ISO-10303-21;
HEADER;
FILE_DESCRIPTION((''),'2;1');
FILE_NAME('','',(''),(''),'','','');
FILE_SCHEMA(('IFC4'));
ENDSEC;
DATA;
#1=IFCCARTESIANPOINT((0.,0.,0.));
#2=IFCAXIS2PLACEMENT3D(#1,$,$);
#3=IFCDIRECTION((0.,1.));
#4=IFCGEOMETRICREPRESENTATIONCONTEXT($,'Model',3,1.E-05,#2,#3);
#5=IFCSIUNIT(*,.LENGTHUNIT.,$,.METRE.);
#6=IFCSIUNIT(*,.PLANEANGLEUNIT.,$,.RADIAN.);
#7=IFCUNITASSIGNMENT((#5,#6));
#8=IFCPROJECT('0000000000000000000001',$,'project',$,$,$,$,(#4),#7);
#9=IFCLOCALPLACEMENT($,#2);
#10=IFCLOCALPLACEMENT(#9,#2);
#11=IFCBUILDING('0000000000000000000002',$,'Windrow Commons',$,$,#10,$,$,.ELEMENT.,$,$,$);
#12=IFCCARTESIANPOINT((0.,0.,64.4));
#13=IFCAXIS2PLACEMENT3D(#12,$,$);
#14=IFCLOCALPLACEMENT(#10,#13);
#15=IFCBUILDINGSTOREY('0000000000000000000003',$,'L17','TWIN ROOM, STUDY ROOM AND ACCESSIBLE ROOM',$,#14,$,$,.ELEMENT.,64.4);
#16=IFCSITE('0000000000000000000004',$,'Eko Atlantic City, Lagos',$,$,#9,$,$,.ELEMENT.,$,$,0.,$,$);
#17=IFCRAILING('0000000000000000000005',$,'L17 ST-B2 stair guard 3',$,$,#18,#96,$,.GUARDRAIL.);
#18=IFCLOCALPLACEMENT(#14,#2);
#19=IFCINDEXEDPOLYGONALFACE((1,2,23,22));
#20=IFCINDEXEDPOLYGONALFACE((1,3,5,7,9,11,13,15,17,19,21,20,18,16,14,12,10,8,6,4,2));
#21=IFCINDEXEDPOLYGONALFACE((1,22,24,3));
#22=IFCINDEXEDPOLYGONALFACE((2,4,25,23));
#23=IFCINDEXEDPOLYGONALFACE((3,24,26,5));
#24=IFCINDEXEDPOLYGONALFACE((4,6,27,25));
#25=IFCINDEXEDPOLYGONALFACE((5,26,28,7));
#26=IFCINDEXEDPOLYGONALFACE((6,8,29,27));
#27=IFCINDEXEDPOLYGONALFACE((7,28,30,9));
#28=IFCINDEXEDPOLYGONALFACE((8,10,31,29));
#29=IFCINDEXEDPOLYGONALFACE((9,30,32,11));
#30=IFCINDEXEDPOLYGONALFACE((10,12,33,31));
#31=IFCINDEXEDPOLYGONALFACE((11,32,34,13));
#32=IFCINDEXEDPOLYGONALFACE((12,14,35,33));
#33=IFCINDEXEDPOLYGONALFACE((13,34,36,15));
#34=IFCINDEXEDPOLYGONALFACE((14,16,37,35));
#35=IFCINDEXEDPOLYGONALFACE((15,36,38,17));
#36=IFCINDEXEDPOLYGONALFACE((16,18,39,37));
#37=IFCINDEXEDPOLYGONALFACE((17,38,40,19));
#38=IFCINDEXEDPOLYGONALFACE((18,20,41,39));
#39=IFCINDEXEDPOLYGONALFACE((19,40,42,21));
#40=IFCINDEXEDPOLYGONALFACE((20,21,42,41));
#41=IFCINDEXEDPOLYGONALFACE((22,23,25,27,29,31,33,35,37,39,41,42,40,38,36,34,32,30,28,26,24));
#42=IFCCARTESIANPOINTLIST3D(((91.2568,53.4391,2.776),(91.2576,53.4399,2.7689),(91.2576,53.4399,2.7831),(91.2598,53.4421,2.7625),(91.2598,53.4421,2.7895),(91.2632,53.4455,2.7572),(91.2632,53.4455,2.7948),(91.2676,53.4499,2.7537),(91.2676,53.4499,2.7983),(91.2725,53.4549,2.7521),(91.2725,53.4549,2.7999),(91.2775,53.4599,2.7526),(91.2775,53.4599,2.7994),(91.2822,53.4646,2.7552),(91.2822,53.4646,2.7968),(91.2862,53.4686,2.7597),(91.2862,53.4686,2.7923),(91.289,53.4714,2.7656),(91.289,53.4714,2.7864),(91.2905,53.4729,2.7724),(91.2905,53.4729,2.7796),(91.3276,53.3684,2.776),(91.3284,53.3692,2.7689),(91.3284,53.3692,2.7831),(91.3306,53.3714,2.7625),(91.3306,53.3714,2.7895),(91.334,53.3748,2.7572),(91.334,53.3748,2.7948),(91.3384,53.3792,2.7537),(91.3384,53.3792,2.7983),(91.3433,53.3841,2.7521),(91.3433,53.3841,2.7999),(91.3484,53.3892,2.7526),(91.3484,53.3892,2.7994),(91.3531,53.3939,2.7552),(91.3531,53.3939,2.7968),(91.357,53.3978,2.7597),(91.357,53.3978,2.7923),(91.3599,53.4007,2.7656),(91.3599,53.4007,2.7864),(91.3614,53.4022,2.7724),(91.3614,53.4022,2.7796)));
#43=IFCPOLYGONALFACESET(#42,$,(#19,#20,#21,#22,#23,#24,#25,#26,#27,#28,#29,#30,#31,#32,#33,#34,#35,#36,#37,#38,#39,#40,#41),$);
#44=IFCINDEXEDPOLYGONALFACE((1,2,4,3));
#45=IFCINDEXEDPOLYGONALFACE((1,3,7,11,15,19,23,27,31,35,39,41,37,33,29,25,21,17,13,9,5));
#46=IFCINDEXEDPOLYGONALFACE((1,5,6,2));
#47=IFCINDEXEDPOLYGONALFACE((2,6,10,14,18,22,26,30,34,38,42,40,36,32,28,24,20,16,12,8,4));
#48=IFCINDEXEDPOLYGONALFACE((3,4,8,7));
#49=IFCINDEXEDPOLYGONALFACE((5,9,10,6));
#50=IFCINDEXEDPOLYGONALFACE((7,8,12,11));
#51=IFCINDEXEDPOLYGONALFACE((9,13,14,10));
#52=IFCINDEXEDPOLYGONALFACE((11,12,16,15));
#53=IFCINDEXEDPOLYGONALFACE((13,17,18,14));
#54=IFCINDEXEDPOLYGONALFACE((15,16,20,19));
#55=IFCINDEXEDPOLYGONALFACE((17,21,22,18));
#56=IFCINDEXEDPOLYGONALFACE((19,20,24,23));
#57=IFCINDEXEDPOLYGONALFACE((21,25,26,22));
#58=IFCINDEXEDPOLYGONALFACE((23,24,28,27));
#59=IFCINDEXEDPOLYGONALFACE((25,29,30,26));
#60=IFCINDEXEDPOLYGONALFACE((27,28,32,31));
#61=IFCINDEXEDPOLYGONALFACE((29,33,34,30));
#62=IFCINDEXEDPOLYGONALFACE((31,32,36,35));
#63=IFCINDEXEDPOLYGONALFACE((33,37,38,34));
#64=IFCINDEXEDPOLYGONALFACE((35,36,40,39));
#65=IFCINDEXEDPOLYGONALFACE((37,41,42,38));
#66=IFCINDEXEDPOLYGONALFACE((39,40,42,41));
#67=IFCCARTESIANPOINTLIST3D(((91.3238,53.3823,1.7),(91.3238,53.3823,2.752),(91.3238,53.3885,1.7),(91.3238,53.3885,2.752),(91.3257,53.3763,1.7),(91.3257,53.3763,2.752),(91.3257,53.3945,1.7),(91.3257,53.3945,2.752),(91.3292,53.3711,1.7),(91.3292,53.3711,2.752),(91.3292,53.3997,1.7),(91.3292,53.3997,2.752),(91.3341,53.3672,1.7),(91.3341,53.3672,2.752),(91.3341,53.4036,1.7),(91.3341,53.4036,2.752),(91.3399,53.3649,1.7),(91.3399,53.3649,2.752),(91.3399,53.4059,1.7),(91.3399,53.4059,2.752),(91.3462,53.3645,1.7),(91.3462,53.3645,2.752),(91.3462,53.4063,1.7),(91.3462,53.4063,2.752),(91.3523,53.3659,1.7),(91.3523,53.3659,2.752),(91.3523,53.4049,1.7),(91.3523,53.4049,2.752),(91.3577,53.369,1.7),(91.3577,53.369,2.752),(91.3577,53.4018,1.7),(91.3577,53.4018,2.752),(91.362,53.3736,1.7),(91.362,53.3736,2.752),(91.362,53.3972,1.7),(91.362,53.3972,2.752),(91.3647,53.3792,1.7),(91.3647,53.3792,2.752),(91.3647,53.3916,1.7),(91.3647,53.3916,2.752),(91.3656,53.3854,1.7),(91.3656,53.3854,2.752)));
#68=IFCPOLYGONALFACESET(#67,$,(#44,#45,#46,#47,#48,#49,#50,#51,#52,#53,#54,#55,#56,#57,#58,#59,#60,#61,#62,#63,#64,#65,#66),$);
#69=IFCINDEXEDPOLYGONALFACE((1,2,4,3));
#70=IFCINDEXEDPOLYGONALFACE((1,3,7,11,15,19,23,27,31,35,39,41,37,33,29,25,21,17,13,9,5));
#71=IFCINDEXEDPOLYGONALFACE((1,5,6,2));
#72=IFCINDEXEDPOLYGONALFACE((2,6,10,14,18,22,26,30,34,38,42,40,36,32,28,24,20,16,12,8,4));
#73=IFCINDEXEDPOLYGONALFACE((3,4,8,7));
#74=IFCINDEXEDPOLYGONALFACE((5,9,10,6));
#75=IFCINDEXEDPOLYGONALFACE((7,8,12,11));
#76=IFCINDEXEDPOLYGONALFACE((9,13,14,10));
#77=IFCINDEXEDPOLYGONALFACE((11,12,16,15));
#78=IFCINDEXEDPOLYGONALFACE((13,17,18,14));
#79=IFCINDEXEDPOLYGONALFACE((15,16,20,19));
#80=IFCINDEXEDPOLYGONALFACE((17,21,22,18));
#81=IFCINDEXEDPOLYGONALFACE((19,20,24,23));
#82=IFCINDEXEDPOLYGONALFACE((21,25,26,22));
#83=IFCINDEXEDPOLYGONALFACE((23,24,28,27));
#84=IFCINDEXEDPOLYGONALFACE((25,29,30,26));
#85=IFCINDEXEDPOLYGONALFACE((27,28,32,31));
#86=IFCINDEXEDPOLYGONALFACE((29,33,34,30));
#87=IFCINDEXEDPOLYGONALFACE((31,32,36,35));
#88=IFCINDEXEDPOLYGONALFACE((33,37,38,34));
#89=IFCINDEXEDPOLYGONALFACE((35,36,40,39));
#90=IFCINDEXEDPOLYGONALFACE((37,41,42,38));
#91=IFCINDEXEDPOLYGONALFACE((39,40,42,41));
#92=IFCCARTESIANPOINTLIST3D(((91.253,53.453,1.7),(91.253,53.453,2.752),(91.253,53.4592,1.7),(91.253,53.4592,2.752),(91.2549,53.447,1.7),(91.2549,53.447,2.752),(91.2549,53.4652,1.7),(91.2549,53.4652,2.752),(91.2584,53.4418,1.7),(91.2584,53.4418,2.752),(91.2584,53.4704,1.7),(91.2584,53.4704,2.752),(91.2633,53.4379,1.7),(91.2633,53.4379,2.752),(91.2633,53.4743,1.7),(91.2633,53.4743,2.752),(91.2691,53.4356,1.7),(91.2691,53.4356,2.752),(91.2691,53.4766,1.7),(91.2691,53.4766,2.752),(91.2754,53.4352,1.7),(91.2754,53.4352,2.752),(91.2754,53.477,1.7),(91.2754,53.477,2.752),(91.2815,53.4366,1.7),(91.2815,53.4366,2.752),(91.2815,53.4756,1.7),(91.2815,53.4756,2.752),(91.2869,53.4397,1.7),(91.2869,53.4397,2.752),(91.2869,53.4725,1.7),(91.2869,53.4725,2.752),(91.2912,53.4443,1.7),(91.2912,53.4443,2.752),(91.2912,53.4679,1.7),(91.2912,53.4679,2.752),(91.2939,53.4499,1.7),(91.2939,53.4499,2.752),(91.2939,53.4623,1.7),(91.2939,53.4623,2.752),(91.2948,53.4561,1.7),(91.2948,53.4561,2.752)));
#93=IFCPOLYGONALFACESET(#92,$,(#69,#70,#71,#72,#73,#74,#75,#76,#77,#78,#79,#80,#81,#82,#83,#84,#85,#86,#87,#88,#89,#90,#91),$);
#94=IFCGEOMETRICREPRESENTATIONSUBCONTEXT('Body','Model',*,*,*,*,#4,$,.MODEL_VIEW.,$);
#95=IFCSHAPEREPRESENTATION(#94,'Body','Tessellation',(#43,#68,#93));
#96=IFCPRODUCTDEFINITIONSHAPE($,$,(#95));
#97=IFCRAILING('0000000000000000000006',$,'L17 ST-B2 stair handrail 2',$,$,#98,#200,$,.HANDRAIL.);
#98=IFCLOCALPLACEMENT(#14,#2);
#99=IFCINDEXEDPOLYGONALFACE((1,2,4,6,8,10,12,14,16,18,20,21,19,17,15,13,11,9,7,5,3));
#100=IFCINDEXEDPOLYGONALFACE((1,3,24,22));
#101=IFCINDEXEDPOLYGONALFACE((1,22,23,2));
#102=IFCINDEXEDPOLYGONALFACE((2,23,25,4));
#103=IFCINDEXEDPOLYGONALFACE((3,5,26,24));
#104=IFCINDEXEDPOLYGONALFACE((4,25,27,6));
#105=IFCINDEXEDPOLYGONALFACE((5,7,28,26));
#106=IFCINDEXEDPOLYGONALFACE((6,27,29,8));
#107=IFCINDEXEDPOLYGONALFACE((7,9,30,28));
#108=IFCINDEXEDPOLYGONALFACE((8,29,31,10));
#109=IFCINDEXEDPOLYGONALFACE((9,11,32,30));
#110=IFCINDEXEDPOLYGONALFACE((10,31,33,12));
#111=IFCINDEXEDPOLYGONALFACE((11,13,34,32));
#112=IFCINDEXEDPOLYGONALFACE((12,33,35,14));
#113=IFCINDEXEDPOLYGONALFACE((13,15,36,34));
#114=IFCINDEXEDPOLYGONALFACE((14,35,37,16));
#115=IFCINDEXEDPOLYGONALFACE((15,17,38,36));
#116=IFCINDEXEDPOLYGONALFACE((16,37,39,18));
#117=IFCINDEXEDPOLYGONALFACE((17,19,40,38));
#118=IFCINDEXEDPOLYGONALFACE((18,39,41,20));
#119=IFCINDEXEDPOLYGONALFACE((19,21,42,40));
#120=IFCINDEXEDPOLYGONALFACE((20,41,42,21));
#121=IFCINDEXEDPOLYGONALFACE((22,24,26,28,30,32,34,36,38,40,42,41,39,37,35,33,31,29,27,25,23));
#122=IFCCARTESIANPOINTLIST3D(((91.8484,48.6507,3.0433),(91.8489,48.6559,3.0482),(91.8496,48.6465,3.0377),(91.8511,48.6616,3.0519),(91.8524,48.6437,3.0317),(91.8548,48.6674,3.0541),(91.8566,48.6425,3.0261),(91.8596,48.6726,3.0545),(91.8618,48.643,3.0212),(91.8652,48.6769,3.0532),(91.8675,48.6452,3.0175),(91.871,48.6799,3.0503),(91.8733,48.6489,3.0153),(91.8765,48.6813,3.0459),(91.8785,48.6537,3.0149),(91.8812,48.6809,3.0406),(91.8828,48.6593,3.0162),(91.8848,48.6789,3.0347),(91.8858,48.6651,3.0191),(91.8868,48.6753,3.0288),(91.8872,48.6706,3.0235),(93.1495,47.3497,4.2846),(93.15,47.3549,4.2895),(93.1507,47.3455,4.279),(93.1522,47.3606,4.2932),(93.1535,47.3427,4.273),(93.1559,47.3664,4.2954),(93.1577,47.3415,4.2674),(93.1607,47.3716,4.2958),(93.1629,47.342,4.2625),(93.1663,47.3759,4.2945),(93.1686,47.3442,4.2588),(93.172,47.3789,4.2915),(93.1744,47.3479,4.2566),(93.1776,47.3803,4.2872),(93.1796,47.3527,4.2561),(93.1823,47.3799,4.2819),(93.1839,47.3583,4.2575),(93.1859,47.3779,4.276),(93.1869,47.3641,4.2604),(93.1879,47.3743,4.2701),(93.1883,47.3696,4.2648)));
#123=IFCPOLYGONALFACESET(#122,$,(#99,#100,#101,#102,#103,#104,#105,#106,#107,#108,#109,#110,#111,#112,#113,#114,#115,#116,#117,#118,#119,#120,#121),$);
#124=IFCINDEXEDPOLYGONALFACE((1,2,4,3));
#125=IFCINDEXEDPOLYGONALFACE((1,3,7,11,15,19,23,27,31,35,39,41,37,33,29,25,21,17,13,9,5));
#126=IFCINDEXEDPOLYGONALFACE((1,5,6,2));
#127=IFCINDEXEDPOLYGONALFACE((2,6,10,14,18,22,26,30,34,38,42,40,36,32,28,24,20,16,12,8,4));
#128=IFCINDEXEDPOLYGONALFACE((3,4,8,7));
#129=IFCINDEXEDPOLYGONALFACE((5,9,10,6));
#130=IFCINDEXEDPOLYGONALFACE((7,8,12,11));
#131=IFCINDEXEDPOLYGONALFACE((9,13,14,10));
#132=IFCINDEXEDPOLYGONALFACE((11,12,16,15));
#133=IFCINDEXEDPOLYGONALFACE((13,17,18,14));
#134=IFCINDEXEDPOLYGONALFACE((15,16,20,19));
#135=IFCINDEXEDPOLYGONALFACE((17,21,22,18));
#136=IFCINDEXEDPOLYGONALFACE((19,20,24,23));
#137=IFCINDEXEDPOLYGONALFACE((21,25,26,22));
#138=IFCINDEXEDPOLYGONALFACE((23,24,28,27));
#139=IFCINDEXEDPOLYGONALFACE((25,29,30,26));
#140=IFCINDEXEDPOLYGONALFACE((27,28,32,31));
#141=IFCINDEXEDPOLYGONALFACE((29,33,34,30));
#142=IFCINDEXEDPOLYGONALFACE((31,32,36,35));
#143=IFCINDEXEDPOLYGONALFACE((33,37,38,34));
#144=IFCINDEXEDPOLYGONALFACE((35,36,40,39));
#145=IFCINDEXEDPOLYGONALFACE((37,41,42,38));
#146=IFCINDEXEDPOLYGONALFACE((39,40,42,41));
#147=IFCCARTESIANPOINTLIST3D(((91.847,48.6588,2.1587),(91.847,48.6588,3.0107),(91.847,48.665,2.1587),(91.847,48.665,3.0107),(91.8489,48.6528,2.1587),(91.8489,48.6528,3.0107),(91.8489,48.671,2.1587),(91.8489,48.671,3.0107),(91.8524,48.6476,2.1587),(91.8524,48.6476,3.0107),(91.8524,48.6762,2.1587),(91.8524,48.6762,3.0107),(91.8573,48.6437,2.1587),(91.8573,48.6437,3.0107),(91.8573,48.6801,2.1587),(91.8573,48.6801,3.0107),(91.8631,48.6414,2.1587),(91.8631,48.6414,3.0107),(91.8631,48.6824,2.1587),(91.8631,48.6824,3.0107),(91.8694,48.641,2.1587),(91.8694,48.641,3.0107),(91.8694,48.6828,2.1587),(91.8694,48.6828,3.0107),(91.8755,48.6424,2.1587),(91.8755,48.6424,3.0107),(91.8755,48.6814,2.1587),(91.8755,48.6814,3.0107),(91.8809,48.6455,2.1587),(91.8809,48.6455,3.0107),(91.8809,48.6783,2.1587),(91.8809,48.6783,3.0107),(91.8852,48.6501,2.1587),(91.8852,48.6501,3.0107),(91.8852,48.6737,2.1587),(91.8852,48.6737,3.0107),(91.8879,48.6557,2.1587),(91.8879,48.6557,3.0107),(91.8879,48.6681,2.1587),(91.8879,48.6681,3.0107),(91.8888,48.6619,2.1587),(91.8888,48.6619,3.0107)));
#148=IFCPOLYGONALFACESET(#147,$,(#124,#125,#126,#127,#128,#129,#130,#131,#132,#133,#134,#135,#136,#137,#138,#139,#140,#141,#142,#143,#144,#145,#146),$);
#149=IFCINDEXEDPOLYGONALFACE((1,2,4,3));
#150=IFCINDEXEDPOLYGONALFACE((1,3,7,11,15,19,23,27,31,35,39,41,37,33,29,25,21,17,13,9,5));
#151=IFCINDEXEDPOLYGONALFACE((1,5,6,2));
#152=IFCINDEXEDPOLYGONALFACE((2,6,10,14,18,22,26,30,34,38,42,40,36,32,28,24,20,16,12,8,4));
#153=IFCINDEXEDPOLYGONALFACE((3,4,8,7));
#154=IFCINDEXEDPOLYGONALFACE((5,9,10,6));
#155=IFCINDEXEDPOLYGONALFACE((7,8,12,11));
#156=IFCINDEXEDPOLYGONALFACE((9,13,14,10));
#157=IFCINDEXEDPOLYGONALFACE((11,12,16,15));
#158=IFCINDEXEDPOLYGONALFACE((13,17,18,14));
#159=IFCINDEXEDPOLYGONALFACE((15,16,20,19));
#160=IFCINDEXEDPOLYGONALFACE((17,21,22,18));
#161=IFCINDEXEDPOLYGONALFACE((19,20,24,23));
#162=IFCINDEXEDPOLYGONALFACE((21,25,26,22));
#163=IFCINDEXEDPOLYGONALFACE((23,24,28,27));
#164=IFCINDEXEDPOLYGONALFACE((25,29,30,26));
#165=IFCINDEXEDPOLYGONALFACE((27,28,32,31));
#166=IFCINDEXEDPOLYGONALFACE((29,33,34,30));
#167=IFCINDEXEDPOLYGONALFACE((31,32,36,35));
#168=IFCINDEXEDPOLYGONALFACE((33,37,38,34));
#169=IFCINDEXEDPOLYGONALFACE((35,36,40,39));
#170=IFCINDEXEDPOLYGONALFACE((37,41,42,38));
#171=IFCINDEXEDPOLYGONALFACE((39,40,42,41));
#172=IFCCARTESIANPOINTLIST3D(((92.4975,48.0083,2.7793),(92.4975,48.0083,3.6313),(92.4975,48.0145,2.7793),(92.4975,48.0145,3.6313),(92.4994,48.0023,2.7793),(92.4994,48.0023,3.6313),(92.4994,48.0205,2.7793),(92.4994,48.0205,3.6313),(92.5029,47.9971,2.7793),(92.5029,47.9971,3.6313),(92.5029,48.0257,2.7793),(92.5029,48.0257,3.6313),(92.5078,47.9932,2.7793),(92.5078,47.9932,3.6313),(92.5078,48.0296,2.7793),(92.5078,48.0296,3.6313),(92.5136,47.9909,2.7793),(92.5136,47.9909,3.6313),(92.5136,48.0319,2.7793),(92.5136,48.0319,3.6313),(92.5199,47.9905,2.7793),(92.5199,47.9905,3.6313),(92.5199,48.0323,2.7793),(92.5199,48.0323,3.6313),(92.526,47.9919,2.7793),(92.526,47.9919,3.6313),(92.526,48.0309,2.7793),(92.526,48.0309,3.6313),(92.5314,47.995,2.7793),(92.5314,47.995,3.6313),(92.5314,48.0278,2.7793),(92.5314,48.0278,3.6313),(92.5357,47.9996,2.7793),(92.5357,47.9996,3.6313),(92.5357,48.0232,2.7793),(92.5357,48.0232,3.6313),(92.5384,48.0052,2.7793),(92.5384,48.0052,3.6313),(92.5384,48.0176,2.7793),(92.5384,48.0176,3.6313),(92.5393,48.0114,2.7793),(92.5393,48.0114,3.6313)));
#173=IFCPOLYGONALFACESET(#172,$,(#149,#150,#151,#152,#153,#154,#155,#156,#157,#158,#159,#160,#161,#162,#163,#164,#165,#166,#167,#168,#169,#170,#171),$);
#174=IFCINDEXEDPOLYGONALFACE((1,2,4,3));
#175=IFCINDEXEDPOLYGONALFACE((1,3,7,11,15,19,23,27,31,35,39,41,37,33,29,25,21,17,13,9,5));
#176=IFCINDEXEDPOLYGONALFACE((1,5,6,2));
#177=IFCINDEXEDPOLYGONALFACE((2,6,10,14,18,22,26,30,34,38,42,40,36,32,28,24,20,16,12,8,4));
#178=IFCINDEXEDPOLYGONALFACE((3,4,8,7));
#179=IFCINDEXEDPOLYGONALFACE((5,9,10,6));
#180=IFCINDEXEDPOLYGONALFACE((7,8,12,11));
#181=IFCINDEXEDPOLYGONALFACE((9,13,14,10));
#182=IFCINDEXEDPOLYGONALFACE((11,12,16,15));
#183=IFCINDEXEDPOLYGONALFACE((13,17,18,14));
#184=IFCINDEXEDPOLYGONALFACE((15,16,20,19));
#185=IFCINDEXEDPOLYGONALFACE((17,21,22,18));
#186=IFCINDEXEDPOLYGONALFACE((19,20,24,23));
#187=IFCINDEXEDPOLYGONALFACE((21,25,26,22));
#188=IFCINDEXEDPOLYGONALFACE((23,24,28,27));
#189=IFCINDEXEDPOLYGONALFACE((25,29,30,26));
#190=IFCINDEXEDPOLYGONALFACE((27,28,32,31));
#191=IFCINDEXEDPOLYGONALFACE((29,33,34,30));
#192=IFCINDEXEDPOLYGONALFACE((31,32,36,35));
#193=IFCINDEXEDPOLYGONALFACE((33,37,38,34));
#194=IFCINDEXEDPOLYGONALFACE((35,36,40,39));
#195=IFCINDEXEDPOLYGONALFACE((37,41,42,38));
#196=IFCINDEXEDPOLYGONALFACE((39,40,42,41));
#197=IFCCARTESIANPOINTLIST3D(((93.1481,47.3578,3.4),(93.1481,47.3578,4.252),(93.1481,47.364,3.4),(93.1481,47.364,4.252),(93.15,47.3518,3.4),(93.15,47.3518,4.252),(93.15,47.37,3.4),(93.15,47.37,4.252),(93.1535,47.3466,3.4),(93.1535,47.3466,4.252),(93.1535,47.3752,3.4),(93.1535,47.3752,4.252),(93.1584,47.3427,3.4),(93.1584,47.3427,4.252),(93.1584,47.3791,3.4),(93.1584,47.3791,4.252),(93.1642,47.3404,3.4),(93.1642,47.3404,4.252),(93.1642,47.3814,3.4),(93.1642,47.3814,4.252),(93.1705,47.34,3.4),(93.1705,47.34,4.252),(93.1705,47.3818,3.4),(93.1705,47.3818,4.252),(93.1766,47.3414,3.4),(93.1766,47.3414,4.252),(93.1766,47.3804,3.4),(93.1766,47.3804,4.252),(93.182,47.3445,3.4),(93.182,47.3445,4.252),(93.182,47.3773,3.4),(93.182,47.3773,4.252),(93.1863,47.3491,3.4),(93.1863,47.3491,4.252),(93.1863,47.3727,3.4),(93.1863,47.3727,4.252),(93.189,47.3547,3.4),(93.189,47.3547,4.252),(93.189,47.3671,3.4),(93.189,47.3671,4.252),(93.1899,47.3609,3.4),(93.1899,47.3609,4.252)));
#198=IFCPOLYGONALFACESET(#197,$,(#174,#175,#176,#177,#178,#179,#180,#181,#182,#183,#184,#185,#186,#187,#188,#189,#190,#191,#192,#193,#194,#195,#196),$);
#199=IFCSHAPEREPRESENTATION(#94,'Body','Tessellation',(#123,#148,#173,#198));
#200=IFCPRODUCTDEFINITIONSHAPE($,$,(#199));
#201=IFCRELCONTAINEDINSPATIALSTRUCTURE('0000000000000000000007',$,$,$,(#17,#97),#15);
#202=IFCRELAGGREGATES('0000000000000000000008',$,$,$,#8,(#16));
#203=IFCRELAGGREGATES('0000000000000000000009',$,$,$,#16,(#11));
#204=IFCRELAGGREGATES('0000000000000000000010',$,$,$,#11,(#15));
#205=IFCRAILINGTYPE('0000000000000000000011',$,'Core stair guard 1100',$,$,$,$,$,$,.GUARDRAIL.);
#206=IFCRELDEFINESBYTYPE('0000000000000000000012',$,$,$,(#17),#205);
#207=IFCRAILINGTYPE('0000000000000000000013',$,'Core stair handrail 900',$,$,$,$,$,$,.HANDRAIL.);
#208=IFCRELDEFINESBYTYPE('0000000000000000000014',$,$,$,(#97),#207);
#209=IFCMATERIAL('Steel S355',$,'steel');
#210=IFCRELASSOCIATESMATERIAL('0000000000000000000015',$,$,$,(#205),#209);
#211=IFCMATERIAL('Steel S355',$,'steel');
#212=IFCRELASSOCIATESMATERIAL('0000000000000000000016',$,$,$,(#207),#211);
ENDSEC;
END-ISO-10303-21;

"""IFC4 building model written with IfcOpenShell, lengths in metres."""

from ifc_helpers import new_model, si_unit, direction, frame, origin, origin_2d, place, context, subcontext, project, spatial, circle, extrude, material, type_object, element, save


model = new_model("IFC4")

# Units and contexts
model_context = context("Model", 3, precision=1e-05, world=origin(), true_north=direction((0.0, 1.0)))
body_context = subcontext(model_context, "Body", "Model", "MODEL_VIEW")
ifc_project = project(units=[si_unit("LENGTHUNIT", "METRE"), si_unit("PLANEANGLEUNIT", "RADIAN")], contexts=[model_context])

# Site, building, storey
site_placement = place(None, origin())
site = spatial("IfcSite", under=ifc_project, at=site_placement, Name="Eko Atlantic City, Lagos", CompositionType="ELEMENT", RefElevation=0.0)
building_placement = place(site_placement, origin())
building = spatial("IfcBuilding", under=site, at=building_placement, Name="Windrow Commons", CompositionType="ELEMENT")
storey_placement = place(building_placement, frame((0.0, 0.0, 64.4)))
storey = spatial("IfcBuildingStorey", under=building, at=storey_placement, Name="L17", Description="TWIN ROOM, STUDY ROOM AND ACCESSIBLE ROOM", CompositionType="ELEMENT", Elevation=64.4)

# Railings
ifc_material_1 = material(Name="Steel S355", Category="steel")
railing_type_1 = type_object("IfcRailingType", Name="Core stair guard 1100", PredefinedType="GUARDRAIL", material=ifc_material_1)
railing_1_placement = place(storey_placement, frame((91.3446, 53.3854, 1.7)))
element("IfcRailing", 1, at=railing_1_placement, inside=storey, type_object=railing_type_1, Name="L17 ST-B2 stair guard 3", PredefinedType="GUARDRAIL", context=body_context, shape_type="SweptSolid", body=[
    extrude(circle(Radius=0.024, at=origin_2d()), frame((0.0, 0.0, 1.076), z_axis=(-0.707606, 0.706607, 0.0), x_axis=(-0.706607, -0.707606, 0.0)), (0.0, 0.0, 1.0), 0.1001),
    extrude(circle(Radius=0.021, at=origin_2d()), origin(), (0.0, 0.0, 1.0), 1.052),
    extrude(circle(Radius=0.021, at=origin_2d()), frame((-0.0708, 0.0707, 0.0)), (0.0, 0.0, 1.0), 1.052),
])
ifc_material_2 = material(Name="Steel S355", Category="steel")
railing_type_2 = type_object("IfcRailingType", Name="Core stair handrail 900", PredefinedType="HANDRAIL", material=ifc_material_2)
railing_2_placement = place(storey_placement, frame((91.8678, 48.6619, 2.1587)))
element("IfcRailing", 2, at=railing_2_placement, inside=storey, type_object=railing_type_2, Name="L17 ST-B2 stair handrail 2", PredefinedType="HANDRAIL", context=body_context, shape_type="SweptSolid", body=[
    extrude(circle(Radius=0.024, at=origin_2d()), frame((0.0, 0.0, 0.876), z_axis=(0.586207, -0.586162, 0.559264), x_axis=(0.70708, 0.707134, 0.0)), (0.0, 0.0, 1.0), 2.2195),
    extrude(circle(Radius=0.021, at=origin_2d()), origin(), (0.0, 0.0, 1.0), 0.852),
    extrude(circle(Radius=0.021, at=origin_2d()), frame((0.6505, -0.6505, 0.6206)), (0.0, 0.0, 1.0), 0.852),
    extrude(circle(Radius=0.021, at=origin_2d()), frame((1.3011, -1.301, 1.2413)), (0.0, 0.0, 1.0), 0.852),
])

save(model, "model.ifc")
